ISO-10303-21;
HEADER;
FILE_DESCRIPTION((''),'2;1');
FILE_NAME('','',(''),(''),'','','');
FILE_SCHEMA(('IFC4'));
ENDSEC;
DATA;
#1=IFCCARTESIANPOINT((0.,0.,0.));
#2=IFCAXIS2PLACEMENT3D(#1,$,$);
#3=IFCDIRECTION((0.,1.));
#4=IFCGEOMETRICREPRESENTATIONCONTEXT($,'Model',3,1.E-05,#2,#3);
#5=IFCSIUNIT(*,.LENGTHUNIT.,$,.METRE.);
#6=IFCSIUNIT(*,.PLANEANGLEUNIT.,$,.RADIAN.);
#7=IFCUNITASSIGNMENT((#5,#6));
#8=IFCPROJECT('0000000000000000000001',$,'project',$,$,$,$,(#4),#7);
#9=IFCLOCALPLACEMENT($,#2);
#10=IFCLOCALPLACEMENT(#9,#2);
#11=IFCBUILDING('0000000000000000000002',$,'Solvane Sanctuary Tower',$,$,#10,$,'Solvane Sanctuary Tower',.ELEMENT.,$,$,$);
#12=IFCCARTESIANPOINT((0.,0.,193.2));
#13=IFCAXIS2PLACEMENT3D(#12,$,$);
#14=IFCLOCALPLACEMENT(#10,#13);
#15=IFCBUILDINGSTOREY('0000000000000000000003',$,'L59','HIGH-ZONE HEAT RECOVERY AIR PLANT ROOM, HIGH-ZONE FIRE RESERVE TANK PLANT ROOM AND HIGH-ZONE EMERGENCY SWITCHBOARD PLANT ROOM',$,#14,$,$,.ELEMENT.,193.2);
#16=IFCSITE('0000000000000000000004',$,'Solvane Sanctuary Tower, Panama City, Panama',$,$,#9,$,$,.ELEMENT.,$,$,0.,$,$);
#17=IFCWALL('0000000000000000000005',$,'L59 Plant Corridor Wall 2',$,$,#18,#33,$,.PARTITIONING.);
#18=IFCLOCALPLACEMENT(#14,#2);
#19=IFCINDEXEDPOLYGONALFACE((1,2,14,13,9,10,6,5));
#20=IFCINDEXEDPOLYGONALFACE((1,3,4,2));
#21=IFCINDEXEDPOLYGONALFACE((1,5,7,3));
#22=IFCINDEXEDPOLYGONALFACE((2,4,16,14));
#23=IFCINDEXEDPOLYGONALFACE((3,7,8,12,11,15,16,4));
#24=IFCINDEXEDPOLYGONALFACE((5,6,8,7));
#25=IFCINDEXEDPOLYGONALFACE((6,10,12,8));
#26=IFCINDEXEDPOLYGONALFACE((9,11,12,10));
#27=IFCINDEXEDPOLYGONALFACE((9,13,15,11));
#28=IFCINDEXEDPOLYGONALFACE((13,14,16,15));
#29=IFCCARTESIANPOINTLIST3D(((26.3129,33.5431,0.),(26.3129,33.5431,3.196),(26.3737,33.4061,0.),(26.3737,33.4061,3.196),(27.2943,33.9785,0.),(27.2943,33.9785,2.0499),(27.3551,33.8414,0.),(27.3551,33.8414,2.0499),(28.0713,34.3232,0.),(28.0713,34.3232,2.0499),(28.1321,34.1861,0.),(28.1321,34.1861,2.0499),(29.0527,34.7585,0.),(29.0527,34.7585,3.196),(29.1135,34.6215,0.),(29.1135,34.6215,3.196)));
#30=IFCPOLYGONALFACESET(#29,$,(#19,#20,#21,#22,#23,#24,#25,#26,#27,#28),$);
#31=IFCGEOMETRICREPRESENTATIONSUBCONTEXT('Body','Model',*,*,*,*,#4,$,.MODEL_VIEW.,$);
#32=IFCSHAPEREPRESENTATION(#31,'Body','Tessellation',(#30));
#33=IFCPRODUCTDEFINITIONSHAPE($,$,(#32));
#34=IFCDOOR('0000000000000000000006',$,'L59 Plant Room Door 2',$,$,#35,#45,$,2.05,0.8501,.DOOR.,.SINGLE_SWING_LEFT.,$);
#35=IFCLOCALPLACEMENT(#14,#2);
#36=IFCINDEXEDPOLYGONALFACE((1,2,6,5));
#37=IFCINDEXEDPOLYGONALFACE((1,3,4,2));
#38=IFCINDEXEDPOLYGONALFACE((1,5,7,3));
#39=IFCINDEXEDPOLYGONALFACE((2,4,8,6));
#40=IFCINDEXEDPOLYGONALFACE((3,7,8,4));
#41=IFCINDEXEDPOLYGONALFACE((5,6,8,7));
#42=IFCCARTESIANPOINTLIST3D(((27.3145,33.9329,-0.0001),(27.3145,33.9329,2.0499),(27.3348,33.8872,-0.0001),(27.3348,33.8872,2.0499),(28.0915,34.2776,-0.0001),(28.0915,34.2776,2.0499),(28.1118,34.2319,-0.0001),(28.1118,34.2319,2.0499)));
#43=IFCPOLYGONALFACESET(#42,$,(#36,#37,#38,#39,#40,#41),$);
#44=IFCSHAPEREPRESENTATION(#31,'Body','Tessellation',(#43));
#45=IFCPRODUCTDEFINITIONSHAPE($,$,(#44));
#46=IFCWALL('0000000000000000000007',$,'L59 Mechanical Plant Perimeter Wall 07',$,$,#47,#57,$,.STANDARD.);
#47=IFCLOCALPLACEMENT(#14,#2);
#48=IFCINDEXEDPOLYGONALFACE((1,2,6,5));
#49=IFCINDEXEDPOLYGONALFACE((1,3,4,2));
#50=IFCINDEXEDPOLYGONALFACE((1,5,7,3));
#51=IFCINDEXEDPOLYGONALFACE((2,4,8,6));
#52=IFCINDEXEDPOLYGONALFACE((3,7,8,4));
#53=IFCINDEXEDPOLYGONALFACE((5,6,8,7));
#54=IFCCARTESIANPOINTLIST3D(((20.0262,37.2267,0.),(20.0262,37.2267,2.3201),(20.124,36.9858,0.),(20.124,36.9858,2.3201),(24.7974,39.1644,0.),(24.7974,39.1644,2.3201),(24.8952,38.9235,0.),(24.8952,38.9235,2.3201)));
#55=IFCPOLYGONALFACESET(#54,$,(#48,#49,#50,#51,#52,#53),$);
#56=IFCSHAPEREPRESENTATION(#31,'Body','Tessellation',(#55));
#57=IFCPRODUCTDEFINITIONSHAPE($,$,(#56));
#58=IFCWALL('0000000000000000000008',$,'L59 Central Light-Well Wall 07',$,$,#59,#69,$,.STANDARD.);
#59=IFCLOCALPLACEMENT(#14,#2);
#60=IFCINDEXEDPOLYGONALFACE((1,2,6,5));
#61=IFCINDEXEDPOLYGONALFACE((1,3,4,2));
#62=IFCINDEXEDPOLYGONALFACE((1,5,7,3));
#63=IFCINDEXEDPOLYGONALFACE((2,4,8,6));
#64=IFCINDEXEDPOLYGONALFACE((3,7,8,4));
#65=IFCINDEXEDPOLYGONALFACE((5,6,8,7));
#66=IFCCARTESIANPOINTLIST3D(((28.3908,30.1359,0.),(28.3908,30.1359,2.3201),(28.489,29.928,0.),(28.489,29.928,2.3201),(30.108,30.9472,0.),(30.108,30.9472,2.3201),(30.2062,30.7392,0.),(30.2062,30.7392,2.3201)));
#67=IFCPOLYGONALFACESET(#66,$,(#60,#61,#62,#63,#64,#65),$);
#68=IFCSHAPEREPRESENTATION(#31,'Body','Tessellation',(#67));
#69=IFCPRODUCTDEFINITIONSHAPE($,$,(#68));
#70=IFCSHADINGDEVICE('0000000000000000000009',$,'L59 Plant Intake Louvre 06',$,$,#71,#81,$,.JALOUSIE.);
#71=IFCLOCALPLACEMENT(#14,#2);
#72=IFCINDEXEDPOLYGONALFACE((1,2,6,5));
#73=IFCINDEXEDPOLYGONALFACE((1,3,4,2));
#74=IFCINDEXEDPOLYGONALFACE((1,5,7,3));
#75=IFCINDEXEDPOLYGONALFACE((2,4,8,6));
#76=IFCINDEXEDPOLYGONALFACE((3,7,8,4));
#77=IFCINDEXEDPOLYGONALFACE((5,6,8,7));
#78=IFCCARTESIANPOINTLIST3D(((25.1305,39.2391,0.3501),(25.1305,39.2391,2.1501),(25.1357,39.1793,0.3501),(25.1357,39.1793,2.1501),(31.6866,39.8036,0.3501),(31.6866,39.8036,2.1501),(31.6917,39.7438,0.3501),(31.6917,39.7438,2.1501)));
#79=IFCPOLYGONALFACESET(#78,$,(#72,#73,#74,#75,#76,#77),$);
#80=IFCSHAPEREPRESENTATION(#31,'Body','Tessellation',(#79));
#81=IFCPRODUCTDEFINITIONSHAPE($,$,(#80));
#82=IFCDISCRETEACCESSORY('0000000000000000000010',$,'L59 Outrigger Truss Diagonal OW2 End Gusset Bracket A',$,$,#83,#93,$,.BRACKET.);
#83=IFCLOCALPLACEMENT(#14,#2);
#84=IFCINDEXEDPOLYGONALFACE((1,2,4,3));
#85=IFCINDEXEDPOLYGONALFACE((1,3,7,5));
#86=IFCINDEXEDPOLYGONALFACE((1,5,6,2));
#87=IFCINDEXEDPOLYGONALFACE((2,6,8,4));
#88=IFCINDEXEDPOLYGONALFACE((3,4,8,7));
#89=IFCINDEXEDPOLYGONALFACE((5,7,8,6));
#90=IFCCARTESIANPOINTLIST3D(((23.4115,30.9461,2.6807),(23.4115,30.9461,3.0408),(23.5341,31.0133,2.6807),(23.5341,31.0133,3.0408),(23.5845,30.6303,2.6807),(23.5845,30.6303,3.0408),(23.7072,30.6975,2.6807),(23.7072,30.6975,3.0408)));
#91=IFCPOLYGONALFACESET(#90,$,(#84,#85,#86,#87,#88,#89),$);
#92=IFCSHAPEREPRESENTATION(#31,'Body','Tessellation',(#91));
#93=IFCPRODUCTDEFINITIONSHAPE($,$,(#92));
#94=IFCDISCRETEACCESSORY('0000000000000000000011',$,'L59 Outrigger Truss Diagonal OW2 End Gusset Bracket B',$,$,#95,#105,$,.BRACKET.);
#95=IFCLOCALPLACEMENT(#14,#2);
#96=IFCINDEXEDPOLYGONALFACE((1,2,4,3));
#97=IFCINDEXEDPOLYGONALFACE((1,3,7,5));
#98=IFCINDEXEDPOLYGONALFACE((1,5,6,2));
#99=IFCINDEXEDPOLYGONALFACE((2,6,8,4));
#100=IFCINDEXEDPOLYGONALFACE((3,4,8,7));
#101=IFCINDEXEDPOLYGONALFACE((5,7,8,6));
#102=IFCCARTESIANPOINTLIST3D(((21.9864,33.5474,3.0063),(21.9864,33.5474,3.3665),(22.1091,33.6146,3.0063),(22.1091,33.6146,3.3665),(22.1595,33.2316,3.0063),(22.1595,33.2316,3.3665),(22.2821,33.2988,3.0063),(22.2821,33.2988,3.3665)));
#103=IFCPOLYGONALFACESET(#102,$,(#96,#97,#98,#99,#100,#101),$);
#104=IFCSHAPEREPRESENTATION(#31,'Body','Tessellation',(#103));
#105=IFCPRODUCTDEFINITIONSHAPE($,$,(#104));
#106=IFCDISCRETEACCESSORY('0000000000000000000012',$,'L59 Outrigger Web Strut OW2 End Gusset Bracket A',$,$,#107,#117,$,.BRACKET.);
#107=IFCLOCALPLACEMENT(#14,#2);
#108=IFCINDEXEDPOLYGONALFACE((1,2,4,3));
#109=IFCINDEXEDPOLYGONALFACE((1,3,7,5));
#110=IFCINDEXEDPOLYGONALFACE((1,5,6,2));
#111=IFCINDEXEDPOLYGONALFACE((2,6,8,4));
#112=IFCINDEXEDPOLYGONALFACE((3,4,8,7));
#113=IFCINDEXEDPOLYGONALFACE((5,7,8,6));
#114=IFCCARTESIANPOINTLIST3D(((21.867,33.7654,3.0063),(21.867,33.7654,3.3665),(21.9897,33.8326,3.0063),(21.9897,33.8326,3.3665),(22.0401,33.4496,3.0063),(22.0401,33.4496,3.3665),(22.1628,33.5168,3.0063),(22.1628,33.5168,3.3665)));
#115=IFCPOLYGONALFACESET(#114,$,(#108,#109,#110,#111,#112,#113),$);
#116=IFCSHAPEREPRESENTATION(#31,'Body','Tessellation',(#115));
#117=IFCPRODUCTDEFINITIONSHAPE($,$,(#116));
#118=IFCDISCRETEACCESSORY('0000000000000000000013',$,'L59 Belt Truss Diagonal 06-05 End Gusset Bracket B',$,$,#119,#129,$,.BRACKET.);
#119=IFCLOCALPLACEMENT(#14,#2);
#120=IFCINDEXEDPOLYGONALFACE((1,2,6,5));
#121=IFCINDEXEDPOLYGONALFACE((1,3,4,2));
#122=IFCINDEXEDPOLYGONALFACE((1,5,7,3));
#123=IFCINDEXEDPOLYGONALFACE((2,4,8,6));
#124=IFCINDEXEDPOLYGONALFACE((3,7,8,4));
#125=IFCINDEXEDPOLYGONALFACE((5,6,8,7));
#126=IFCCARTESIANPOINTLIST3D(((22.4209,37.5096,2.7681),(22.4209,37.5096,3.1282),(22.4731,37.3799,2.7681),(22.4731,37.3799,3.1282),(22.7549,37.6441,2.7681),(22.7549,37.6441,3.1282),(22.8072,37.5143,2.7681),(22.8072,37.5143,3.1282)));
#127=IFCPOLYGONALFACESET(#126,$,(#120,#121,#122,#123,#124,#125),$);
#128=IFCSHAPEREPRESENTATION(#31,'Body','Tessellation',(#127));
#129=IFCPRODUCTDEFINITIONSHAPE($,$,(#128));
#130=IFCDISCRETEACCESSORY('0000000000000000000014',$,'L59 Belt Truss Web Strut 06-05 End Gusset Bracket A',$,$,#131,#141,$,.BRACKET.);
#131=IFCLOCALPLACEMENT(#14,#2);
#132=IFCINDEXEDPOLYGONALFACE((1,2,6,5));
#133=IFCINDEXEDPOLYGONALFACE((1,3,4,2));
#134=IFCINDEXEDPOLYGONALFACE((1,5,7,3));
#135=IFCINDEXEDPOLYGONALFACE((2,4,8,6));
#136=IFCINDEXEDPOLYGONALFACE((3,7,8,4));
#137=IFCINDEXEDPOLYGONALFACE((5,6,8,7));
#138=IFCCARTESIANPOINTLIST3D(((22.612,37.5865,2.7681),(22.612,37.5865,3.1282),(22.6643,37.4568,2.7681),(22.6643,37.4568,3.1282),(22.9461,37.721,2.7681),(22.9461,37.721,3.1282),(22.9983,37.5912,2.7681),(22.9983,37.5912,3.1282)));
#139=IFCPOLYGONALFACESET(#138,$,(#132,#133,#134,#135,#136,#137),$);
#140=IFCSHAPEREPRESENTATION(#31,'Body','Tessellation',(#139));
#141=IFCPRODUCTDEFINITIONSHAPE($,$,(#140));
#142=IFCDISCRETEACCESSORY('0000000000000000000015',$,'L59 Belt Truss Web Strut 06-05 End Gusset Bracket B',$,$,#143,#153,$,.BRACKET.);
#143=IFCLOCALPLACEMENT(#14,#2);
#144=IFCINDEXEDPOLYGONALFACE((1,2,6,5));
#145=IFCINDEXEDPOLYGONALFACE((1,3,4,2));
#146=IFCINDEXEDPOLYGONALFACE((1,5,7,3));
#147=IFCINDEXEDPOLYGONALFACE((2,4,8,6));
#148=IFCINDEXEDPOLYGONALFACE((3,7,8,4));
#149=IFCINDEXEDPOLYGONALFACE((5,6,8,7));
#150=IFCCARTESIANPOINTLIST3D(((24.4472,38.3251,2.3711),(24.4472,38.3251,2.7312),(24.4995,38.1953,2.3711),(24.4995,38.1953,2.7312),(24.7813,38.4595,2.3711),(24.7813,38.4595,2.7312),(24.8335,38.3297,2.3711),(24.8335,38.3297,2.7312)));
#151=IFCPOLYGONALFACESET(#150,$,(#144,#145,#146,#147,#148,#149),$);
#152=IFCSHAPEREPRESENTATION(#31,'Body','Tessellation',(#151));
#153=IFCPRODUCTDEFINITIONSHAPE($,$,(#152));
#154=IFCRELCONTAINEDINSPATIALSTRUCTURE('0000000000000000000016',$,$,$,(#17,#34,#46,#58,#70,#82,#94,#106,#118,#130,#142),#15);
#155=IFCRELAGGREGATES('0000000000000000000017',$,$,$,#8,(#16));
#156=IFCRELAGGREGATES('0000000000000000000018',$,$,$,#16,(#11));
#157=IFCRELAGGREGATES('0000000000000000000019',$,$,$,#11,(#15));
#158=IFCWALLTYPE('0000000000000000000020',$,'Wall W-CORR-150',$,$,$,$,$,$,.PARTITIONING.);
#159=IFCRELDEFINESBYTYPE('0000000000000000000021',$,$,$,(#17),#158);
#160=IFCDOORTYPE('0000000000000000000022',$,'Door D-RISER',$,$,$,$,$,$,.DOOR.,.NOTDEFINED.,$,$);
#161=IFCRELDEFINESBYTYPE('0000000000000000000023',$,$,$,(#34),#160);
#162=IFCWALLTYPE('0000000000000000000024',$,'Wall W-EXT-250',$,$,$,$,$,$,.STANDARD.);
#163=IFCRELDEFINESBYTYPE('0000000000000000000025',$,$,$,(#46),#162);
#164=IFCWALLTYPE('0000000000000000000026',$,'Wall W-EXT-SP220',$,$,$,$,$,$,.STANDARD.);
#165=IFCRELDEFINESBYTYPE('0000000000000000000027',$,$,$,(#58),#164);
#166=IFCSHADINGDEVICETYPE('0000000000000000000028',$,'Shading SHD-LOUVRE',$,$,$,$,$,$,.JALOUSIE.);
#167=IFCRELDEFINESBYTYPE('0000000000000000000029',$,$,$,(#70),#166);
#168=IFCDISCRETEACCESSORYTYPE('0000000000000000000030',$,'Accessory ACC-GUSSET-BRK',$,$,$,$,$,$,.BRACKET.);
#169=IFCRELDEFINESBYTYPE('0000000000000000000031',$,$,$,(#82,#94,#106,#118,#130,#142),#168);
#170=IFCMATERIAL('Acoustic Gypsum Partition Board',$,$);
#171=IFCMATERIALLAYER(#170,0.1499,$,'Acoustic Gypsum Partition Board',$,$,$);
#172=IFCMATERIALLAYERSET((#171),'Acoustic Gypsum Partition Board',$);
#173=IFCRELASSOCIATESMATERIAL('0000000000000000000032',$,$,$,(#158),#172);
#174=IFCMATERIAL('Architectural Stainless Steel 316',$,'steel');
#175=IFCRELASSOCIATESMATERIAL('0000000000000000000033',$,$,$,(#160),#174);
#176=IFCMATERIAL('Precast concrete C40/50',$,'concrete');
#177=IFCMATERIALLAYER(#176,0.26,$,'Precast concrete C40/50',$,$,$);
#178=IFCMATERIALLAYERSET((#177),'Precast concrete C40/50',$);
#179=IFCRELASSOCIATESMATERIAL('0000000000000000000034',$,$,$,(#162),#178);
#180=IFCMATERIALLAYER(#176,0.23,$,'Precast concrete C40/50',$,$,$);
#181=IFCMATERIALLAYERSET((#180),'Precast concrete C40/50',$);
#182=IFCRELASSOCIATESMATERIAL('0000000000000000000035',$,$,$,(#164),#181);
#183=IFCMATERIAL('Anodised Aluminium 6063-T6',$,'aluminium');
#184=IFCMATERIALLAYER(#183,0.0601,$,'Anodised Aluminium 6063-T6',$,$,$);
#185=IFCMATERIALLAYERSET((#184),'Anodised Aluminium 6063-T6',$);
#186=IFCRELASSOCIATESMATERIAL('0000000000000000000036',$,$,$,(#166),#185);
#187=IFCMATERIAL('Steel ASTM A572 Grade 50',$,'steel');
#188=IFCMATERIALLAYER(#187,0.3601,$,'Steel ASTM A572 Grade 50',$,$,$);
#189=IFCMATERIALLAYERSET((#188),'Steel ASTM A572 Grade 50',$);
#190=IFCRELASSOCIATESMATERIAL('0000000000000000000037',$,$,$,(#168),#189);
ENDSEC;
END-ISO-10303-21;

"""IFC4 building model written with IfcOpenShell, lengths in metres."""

from ifc_helpers import new_model, si_unit, direction, frame, frame_2d, origin, origin_2d, place, context, subcontext, project, spatial, rectangle, extrude, material, layer, layer_set, type_object, element, fill, save


model = new_model("IFC4")

# Units and contexts
model_context = context("Model", 3, precision=1e-05, world=origin(), true_north=direction((0.0, 1.0)))
body_context = subcontext(model_context, "Body", "Model", "MODEL_VIEW")
ifc_project = project(units=[si_unit("LENGTHUNIT", "METRE"), si_unit("PLANEANGLEUNIT", "RADIAN")], contexts=[model_context])

# Site, building, storey
site_placement = place(None, origin())
site = spatial("IfcSite", under=ifc_project, at=site_placement, Name="Solvane Sanctuary Tower, Panama City, Panama", CompositionType="ELEMENT", RefElevation=0.0)
building_placement = place(site_placement, origin())
building = spatial("IfcBuilding", under=site, at=building_placement, Name="Solvane Sanctuary Tower", LongName="Solvane Sanctuary Tower", CompositionType="ELEMENT")
storey_placement = place(building_placement, frame((0.0, 0.0, 193.2)))
storey = spatial("IfcBuildingStorey", under=building, at=storey_placement, Name="L59", Description="HIGH-ZONE HEAT RECOVERY AIR PLANT ROOM, HIGH-ZONE FIRE RESERVE TANK PLANT ROOM AND HIGH-ZONE EMERGENCY SWITCHBOARD PLANT ROOM", CompositionType="ELEMENT", Elevation=193.2)

# Shared definitions
ifc_material_1 = material(Name="Steel ASTM A572 Grade 50", Category="steel")

# Shared definitions
ifc_material_2 = material(Name="Acoustic Gypsum Partition Board")
ifc_layer_1 = layer(ifc_material_2, 0.1499, Name="Acoustic Gypsum Partition Board")
ifc_layer_set_1 = layer_set([ifc_layer_1], Name="Acoustic Gypsum Partition Board")
wall_type_1 = type_object("IfcWallType", Name="Wall W-CORR-150", PredefinedType="PARTITIONING", material=ifc_layer_set_1)

# Wall, opening, door
wall_1_placement = place(storey_placement, frame((29.083, 34.6899, 0.0), z_axis=(0.0, 0.0, 1.0), x_axis=(-0.9141, -0.405488, 0.0)))
wall_1 = element("IfcWall", 1, at=wall_1_placement, inside=storey, type_object=wall_type_1, Name="L59 Plant Corridor Wall 2", PredefinedType="PARTITIONING", context=body_context, shape_type="SweptSolid", body=[
    extrude(rectangle(XDim=2.9973, YDim=0.1499, at=frame_2d((1.4985, 0.0))), origin(), (0.0, 0.0, 1.0), 3.196),
])
opening_placement = place(wall_1_placement, frame((1.0735, 0.0, 0.0)))
opening = element("IfcOpeningElement", 2, at=opening_placement, cuts=wall_1, PredefinedType="OPENING", context=body_context, shape_type="SweptSolid", body=[
    extrude(rectangle(XDim=0.8501, YDim=2.05, at=frame_2d((0.425, 1.0249))), frame((0.0, 0.085, 0.0), z_axis=(0.0, -1.0, 0.0), x_axis=(1.0, 0.0, 0.0)), (0.0, 0.0, 1.0), 0.1699),
])
ifc_material_3 = material(Name="Architectural Stainless Steel 316", Category="steel")
door_type = type_object("IfcDoorType", Name="Door D-RISER", OperationType="NOTDEFINED", PredefinedType="DOOR", material=ifc_material_3)
door_placement = place(opening_placement, origin())
door = element("IfcDoor", 3, at=door_placement, inside=storey, type_object=door_type, Name="L59 Plant Room Door 2", OperationType="SINGLE_SWING_LEFT", OverallHeight=2.05, OverallWidth=0.8501, PredefinedType="DOOR", context=body_context, shape_type="SweptSolid", body=[
    extrude(rectangle(XDim=0.8501, YDim=2.05, at=frame_2d((0.425, 1.0249))), frame((0.0, 0.0249, 0.0), z_axis=(0.0, -1.0, 0.0), x_axis=(1.0, 0.0, 0.0)), (0.0, 0.0, 1.0), 0.05),
])
fill(opening, door)

# Walls
ifc_material_4 = material(Name="Precast concrete C40/50", Category="concrete")
ifc_layer_2 = layer(ifc_material_4, 0.26, Name="Precast concrete C40/50")
ifc_layer_set_2 = layer_set([ifc_layer_2], Name="Precast concrete C40/50")
wall_type_2 = type_object("IfcWallType", Name="Wall W-EXT-250", PredefinedType="STANDARD", material=ifc_layer_set_2)
wall_2_placement = place(storey_placement, frame((24.8462, 39.0439, 0.0), z_axis=(0.0, 0.0, 1.0), x_axis=(-0.926505, -0.376282, 0.0)))
element("IfcWall", 4, at=wall_2_placement, inside=storey, type_object=wall_type_2, Name="L59 Mechanical Plant Perimeter Wall 07", PredefinedType="STANDARD", context=body_context, shape_type="SweptSolid", body=[
    extrude(rectangle(XDim=5.1497, YDim=0.26, at=frame_2d((2.5747, 0.0))), origin(), (0.0, 0.0, 1.0), 2.3201),
])
ifc_layer_3 = layer(ifc_material_4, 0.23, Name="Precast concrete C40/50")
ifc_layer_set_3 = layer_set([ifc_layer_3], Name="Precast concrete C40/50")
wall_type_3 = type_object("IfcWallType", Name="Wall W-EXT-SP220", PredefinedType="STANDARD", material=ifc_layer_set_3)
wall_3_placement = place(storey_placement, frame((30.1572, 30.8433, 0.0), z_axis=(0.0, 0.0, 1.0), x_axis=(-0.90418, -0.427152, 0.0)))
element("IfcWall", 5, at=wall_3_placement, inside=storey, type_object=wall_type_3, Name="L59 Central Light-Well Wall 07", PredefinedType="STANDARD", context=body_context, shape_type="SweptSolid", body=[
    extrude(rectangle(XDim=1.8992, YDim=0.23, at=frame_2d((0.9497, 0.0))), origin(), (0.0, 0.0, 1.0), 2.3201),
])

# Shading device
ifc_material_5 = material(Name="Anodised Aluminium 6063-T6", Category="aluminium")
ifc_layer_4 = layer(ifc_material_5, 0.0601, Name="Anodised Aluminium 6063-T6")
ifc_layer_set_4 = layer_set([ifc_layer_4], Name="Anodised Aluminium 6063-T6")
shading_device_type = type_object("IfcShadingDeviceType", Name="Shading SHD-LOUVRE", PredefinedType="JALOUSIE", material=ifc_layer_set_4)
shading_device_placement = place(storey_placement, frame((28.4111, 39.4915, 0.3501), z_axis=(0.0, 0.0, 1.0), x_axis=(-0.996313, -0.085791, 0.0)))
element("IfcShadingDevice", 6, at=shading_device_placement, inside=storey, type_object=shading_device_type, Name="L59 Plant Intake Louvre 06", PredefinedType="JALOUSIE", context=body_context, shape_type="SweptSolid", body=[
    extrude(rectangle(XDim=6.5803, YDim=0.0601, at=origin_2d()), origin(), (0.0, 0.0, 1.0), 1.8),
])

# Discrete accessories
ifc_layer_5 = layer(ifc_material_1, 0.3601, Name="Steel ASTM A572 Grade 50")
ifc_layer_set_5 = layer_set([ifc_layer_5], Name="Steel ASTM A572 Grade 50")
discrete_accessory_type = type_object("IfcDiscreteAccessoryType", Name="Accessory ACC-GUSSET-BRK", PredefinedType="BRACKET", material=ifc_layer_set_5)
for number, where, z_axis, x_axis, name in (
    (7, (23.5593, 30.8218, 2.6807), (0.0, 0.0, 1.0), (-0.48053, 0.876978, 0.0), "L59 Outrigger Truss Diagonal OW2 End Gusset Bracket A"),
    (8, (22.1343, 33.4231, 3.0063), (0.0, 0.0, 1.0), (-0.48053, 0.876978, 0.0), "L59 Outrigger Truss Diagonal OW2 End Gusset Bracket B"),
    (9, (22.0149, 33.6411, 3.0063), (0.0, 0.0, 1.0), (-0.48053, 0.876978, 0.0), "L59 Outrigger Web Strut OW2 End Gusset Bracket A"),
    (10, (22.614, 37.512, 2.7681), (0.0, 0.0, 1.0), (0.927706, 0.373312, 0.0), "L59 Belt Truss Diagonal 06-05 End Gusset Bracket B"),
    (11, (22.8052, 37.5889, 2.7681), (0.0, 0.0, 1.0), (0.927706, 0.373312, 0.0), "L59 Belt Truss Web Strut 06-05 End Gusset Bracket A"),
    (12, (24.6404, 38.3274, 2.3711), (0.0, 0.0, 1.0), (0.927706, 0.373312, 0.0), "L59 Belt Truss Web Strut 06-05 End Gusset Bracket B"),
):
    element("IfcDiscreteAccessory", number, at=place(storey_placement, frame(where, z_axis=z_axis, x_axis=x_axis)), inside=storey, type_object=discrete_accessory_type, Name=name, PredefinedType="BRACKET", context=body_context, shape_type="SweptSolid", body=[
        extrude(rectangle(XDim=0.3601, YDim=0.1399, at=origin_2d()), origin(), (0.0, 0.0, 1.0), 0.3601),
    ])

save(model, "model.ifc")
